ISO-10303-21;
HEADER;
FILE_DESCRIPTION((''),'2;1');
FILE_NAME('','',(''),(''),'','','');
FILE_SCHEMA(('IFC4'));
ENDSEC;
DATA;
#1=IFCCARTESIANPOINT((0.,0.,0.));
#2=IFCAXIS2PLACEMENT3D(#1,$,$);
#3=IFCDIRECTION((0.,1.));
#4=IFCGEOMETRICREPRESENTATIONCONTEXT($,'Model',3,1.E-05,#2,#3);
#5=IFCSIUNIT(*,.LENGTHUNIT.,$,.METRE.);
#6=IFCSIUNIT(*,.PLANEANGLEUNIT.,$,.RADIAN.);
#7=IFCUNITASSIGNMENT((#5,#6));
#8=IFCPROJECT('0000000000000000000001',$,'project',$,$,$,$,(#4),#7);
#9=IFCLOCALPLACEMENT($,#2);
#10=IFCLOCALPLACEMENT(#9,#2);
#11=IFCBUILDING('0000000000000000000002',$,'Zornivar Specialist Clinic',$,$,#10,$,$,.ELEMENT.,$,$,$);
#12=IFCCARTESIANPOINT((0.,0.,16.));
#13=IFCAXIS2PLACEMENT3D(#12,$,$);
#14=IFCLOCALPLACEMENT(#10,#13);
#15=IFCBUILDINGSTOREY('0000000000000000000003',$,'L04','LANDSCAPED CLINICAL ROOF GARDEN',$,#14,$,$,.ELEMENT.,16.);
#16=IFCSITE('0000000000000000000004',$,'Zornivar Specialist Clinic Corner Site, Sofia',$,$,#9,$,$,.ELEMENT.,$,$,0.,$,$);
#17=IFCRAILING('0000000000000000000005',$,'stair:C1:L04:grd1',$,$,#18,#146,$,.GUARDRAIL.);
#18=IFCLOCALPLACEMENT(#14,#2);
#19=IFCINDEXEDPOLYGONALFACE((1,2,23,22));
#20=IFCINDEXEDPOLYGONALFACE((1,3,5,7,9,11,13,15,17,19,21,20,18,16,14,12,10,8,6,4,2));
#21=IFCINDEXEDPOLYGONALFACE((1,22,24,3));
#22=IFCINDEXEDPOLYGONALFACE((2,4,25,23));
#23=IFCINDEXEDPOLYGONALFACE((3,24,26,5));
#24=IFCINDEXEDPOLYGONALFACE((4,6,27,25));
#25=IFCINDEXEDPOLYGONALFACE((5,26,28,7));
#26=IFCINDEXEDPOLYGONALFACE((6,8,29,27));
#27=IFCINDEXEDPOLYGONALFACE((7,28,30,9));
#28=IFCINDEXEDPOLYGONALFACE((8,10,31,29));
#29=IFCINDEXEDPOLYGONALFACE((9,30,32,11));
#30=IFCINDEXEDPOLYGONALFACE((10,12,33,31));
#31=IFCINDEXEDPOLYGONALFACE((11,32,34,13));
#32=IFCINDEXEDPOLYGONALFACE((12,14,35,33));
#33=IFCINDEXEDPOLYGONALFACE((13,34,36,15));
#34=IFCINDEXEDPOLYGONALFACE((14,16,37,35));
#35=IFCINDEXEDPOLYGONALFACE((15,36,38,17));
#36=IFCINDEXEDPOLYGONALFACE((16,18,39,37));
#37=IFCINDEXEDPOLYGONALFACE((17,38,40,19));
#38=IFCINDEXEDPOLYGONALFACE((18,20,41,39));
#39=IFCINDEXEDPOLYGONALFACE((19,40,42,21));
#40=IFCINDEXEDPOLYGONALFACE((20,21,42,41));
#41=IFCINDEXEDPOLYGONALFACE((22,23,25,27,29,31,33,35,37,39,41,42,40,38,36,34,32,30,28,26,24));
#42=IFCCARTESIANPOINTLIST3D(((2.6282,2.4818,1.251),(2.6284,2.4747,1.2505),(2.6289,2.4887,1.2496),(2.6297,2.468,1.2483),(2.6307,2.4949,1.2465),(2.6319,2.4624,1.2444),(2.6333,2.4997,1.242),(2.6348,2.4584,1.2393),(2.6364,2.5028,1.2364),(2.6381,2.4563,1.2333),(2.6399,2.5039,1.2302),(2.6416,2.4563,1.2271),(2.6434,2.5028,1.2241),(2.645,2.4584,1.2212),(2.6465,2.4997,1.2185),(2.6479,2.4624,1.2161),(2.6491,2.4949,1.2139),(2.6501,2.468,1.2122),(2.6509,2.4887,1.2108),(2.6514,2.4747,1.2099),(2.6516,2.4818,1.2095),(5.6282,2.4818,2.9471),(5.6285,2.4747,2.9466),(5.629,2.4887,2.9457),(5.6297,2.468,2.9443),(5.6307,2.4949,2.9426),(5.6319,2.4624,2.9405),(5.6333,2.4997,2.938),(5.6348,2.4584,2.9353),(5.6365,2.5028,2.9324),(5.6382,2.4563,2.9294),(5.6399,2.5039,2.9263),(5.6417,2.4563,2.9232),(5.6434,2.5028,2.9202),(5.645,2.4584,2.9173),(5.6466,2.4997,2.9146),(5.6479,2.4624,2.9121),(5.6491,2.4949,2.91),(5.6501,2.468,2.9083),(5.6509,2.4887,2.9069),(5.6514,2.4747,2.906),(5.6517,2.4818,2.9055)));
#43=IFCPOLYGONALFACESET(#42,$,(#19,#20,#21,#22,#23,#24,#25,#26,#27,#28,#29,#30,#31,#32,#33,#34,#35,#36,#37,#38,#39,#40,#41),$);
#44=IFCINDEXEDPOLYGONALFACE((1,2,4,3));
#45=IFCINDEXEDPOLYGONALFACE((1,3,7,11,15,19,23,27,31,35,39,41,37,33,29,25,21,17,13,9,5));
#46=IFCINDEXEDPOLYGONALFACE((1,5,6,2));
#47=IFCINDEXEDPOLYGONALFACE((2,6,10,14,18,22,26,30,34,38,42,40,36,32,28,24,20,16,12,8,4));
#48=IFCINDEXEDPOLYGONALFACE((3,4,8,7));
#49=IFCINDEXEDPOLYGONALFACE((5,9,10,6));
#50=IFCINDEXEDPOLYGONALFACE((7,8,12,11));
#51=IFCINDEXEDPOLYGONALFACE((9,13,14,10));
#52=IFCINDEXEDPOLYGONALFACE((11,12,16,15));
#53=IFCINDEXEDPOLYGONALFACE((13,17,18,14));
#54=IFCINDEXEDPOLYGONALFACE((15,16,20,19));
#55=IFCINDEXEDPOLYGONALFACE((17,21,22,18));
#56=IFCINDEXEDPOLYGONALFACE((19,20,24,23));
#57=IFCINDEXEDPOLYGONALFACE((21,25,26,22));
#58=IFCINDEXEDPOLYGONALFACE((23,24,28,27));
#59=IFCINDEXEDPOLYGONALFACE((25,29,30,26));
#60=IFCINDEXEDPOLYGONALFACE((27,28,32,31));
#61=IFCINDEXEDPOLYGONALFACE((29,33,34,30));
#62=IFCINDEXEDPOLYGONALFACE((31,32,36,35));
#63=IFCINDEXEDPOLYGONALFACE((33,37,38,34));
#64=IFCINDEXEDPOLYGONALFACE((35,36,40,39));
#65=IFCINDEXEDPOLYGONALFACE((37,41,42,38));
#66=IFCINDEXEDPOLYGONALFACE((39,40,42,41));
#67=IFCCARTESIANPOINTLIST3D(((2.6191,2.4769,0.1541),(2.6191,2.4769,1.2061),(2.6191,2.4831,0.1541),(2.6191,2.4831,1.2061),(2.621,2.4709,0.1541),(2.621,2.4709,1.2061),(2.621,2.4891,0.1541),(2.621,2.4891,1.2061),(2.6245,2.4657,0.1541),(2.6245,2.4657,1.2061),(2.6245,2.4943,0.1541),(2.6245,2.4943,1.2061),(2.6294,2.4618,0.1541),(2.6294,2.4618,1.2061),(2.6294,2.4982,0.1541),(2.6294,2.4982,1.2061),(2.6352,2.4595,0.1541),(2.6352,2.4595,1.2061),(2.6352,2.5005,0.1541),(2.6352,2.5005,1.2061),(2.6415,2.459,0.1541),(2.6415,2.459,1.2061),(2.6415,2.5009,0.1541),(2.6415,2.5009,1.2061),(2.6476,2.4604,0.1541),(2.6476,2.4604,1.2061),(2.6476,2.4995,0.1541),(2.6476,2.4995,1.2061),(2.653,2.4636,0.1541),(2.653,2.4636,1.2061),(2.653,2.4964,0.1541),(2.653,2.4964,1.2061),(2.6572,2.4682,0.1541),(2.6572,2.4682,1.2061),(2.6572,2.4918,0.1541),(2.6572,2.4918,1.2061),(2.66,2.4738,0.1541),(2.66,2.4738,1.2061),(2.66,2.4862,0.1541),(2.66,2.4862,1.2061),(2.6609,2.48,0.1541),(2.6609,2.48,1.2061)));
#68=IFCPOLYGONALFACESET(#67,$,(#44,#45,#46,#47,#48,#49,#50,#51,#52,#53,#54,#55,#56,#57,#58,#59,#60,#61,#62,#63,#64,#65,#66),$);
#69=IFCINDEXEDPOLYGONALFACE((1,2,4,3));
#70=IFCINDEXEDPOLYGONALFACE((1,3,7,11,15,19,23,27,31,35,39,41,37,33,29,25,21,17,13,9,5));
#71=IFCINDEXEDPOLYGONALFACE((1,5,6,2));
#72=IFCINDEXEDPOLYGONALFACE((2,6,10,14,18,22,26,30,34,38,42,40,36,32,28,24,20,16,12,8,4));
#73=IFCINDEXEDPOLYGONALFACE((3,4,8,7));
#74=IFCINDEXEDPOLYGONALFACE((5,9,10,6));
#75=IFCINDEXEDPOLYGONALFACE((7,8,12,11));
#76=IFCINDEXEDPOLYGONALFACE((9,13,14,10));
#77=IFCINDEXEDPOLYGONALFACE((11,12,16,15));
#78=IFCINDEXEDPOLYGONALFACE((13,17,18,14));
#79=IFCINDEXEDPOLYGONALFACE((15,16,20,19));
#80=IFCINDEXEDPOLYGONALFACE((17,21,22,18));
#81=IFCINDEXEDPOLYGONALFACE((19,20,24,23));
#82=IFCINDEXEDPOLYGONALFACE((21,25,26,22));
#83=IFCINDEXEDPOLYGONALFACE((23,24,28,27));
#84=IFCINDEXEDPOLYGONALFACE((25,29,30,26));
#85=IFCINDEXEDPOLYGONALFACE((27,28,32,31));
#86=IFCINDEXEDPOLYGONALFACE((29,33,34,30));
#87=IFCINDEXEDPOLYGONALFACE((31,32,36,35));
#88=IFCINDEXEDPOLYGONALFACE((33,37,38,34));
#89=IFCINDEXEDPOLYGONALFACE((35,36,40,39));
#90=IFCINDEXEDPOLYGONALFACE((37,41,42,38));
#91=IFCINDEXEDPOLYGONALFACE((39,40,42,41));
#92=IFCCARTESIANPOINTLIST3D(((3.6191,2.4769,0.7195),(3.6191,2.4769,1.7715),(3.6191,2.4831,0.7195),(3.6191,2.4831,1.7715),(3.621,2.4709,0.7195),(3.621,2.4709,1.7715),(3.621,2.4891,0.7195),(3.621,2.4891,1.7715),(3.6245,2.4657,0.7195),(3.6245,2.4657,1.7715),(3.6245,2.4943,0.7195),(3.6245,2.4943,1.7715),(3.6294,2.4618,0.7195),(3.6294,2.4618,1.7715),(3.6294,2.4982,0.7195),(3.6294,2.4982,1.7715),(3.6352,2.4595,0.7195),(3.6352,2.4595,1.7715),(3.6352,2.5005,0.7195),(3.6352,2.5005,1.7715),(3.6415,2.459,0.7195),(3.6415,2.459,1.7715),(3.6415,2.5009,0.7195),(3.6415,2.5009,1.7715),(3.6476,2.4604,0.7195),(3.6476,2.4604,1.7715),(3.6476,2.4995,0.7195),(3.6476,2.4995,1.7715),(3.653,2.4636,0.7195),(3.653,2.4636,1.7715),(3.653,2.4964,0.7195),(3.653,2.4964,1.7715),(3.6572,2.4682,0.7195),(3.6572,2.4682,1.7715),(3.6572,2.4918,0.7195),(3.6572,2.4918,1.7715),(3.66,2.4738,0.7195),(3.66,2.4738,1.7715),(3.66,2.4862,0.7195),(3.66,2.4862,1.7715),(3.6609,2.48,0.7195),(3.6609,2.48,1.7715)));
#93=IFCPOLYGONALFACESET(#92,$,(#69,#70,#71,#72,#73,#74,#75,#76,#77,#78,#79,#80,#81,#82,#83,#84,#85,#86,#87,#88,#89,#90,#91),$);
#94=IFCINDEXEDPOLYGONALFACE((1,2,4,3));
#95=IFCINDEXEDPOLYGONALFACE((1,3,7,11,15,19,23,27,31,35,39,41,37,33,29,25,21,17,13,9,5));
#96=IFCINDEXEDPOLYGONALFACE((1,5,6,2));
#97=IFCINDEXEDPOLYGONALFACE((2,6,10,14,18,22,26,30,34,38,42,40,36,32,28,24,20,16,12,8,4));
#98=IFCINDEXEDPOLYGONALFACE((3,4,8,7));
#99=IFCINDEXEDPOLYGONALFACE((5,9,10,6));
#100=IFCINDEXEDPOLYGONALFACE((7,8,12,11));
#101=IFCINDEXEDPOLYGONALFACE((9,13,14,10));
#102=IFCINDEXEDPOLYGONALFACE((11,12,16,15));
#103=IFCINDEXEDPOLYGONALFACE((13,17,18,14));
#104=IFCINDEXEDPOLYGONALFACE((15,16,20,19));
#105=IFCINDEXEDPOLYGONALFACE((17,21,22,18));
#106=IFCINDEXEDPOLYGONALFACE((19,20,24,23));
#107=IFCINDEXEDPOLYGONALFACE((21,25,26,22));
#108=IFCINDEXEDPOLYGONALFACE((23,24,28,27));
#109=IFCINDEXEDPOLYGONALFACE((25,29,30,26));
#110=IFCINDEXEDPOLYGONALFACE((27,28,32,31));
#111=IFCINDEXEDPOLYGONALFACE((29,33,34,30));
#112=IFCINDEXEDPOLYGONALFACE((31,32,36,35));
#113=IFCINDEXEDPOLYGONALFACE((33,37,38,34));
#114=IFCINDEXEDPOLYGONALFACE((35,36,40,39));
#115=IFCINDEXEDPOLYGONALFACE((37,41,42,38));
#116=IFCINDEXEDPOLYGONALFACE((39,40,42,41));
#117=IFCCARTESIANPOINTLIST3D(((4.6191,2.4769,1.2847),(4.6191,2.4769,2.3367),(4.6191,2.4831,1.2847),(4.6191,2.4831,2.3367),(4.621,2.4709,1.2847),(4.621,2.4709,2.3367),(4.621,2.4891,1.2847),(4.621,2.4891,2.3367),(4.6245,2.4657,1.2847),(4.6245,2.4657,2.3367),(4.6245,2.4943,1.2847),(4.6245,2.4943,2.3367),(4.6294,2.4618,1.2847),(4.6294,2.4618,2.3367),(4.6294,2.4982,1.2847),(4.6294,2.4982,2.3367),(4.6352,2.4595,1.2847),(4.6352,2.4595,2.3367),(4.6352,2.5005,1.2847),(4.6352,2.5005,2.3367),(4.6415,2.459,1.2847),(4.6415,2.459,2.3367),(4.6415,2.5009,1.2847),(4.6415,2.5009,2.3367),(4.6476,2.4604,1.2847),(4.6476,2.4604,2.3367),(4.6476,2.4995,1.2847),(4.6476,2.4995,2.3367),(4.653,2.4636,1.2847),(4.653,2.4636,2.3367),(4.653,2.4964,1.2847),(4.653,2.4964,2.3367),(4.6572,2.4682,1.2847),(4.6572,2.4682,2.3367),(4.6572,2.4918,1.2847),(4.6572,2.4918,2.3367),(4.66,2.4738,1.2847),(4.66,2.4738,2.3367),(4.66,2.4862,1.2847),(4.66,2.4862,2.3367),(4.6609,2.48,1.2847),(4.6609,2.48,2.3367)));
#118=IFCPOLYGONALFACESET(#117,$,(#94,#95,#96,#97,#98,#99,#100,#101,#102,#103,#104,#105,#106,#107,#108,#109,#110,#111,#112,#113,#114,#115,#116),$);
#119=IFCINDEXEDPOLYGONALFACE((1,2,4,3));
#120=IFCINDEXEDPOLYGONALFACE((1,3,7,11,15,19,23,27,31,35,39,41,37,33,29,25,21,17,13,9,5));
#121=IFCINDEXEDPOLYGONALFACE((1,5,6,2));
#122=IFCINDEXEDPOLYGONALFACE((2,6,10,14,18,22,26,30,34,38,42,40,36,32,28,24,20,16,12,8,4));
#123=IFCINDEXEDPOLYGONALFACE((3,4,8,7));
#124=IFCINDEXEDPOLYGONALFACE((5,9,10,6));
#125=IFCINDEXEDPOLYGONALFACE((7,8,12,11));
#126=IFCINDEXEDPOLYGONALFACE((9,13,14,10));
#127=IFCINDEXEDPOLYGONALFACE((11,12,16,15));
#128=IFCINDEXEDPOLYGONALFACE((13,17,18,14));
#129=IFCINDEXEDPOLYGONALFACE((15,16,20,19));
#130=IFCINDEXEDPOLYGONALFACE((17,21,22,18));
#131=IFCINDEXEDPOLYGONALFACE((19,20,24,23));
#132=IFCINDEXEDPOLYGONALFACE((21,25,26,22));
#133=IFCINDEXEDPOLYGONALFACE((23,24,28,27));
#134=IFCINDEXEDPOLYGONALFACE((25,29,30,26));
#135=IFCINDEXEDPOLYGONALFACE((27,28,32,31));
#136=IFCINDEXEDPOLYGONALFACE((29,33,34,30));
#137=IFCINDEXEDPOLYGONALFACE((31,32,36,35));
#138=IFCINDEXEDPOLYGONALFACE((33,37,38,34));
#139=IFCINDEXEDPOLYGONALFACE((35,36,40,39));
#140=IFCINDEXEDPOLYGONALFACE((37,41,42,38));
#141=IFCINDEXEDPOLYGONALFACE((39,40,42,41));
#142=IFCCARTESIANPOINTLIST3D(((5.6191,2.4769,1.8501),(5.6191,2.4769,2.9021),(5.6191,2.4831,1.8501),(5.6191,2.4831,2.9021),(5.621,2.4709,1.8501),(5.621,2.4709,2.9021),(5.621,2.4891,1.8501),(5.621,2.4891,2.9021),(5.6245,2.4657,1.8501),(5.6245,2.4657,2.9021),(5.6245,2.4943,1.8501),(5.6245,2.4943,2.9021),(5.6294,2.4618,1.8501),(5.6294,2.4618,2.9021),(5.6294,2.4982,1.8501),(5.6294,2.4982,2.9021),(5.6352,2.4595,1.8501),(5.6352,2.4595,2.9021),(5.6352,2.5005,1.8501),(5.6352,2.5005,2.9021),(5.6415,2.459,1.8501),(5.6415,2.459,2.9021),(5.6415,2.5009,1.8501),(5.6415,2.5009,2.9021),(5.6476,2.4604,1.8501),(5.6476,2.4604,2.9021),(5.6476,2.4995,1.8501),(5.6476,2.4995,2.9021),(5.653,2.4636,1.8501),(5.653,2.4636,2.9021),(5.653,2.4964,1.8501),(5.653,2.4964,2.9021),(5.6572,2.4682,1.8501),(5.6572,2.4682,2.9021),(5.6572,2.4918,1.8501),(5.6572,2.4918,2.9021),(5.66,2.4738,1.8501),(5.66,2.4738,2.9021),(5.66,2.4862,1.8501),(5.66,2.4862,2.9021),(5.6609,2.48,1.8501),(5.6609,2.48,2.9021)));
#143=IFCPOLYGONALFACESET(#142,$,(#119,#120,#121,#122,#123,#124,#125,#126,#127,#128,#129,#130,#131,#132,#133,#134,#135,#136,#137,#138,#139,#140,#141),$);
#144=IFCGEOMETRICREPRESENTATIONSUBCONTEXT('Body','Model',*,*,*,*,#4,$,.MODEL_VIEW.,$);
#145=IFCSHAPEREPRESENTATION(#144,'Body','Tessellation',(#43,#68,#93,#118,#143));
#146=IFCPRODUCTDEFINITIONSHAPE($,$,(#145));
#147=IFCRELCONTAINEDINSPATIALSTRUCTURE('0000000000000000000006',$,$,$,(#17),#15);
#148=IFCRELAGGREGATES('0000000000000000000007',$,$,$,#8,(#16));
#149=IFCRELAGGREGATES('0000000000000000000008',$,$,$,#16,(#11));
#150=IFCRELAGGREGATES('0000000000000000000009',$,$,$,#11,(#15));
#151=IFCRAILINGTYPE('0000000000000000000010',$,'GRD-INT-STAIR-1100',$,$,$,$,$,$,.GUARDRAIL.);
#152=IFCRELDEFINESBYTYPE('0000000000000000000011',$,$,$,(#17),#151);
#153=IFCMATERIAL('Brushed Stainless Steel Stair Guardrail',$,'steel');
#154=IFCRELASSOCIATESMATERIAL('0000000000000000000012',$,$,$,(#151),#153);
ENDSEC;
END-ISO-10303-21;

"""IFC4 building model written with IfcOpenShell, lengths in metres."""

from ifc_helpers import new_model, si_unit, direction, frame, origin, origin_2d, place, context, subcontext, project, spatial, circle, extrude, material, type_object, element, save


model = new_model("IFC4")

# Units and contexts
model_context = context("Model", 3, precision=1e-05, world=origin(), true_north=direction((0.0, 1.0)))
body_context = subcontext(model_context, "Body", "Model", "MODEL_VIEW")
ifc_project = project(units=[si_unit("LENGTHUNIT", "METRE"), si_unit("PLANEANGLEUNIT", "RADIAN")], contexts=[model_context])

# Site, building, storey
site_placement = place(None, origin())
site = spatial("IfcSite", under=ifc_project, at=site_placement, Name="Zornivar Specialist Clinic Corner Site, Sofia", CompositionType="ELEMENT", RefElevation=0.0)
building_placement = place(site_placement, origin())
building = spatial("IfcBuilding", under=site, at=building_placement, Name="Zornivar Specialist Clinic", CompositionType="ELEMENT")
storey_placement = place(building_placement, frame((0.0, 0.0, 16.0)))
storey = spatial("IfcBuildingStorey", under=building, at=storey_placement, Name="L04", Description="LANDSCAPED CLINICAL ROOF GARDEN", CompositionType="ELEMENT", Elevation=16.0)

# Railing
ifc_material_1 = material(Name="Brushed Stainless Steel Stair Guardrail", Category="steel")
railing_type_1 = type_object("IfcRailingType", Name="GRD-INT-STAIR-1100", PredefinedType="GUARDRAIL", material=ifc_material_1)
railing_1_placement = place(storey_placement, frame((2.6399, 2.48, 0.1541)))
element("IfcRailing", 1, at=railing_1_placement, inside=storey, type_object=railing_type_1, Name="stair:C1:L04:grd1", PredefinedType="GUARDRAIL", context=body_context, shape_type="SweptSolid", body=[
    extrude(circle(Radius=0.0239, at=origin_2d()), frame((0.0, 0.0, 1.0762), z_axis=(0.870514, 0.0, 0.492144), x_axis=(0.0, 1.0, 0.0)), (0.0, 0.0, 1.0), 3.4463),
    extrude(circle(Radius=0.021, at=origin_2d()), origin(), (0.0, 0.0, 1.0), 1.052),
    extrude(circle(Radius=0.021, at=origin_2d()), frame((1.0, 0.0, 0.5654)), (0.0, 0.0, 1.0), 1.052),
    extrude(circle(Radius=0.021, at=origin_2d()), frame((2.0, 0.0, 1.1306)), (0.0, 0.0, 1.0), 1.052),
    extrude(circle(Radius=0.021, at=origin_2d()), frame((3.0, 0.0, 1.696)), (0.0, 0.0, 1.0), 1.052),
])

save(model, "model.ifc")
